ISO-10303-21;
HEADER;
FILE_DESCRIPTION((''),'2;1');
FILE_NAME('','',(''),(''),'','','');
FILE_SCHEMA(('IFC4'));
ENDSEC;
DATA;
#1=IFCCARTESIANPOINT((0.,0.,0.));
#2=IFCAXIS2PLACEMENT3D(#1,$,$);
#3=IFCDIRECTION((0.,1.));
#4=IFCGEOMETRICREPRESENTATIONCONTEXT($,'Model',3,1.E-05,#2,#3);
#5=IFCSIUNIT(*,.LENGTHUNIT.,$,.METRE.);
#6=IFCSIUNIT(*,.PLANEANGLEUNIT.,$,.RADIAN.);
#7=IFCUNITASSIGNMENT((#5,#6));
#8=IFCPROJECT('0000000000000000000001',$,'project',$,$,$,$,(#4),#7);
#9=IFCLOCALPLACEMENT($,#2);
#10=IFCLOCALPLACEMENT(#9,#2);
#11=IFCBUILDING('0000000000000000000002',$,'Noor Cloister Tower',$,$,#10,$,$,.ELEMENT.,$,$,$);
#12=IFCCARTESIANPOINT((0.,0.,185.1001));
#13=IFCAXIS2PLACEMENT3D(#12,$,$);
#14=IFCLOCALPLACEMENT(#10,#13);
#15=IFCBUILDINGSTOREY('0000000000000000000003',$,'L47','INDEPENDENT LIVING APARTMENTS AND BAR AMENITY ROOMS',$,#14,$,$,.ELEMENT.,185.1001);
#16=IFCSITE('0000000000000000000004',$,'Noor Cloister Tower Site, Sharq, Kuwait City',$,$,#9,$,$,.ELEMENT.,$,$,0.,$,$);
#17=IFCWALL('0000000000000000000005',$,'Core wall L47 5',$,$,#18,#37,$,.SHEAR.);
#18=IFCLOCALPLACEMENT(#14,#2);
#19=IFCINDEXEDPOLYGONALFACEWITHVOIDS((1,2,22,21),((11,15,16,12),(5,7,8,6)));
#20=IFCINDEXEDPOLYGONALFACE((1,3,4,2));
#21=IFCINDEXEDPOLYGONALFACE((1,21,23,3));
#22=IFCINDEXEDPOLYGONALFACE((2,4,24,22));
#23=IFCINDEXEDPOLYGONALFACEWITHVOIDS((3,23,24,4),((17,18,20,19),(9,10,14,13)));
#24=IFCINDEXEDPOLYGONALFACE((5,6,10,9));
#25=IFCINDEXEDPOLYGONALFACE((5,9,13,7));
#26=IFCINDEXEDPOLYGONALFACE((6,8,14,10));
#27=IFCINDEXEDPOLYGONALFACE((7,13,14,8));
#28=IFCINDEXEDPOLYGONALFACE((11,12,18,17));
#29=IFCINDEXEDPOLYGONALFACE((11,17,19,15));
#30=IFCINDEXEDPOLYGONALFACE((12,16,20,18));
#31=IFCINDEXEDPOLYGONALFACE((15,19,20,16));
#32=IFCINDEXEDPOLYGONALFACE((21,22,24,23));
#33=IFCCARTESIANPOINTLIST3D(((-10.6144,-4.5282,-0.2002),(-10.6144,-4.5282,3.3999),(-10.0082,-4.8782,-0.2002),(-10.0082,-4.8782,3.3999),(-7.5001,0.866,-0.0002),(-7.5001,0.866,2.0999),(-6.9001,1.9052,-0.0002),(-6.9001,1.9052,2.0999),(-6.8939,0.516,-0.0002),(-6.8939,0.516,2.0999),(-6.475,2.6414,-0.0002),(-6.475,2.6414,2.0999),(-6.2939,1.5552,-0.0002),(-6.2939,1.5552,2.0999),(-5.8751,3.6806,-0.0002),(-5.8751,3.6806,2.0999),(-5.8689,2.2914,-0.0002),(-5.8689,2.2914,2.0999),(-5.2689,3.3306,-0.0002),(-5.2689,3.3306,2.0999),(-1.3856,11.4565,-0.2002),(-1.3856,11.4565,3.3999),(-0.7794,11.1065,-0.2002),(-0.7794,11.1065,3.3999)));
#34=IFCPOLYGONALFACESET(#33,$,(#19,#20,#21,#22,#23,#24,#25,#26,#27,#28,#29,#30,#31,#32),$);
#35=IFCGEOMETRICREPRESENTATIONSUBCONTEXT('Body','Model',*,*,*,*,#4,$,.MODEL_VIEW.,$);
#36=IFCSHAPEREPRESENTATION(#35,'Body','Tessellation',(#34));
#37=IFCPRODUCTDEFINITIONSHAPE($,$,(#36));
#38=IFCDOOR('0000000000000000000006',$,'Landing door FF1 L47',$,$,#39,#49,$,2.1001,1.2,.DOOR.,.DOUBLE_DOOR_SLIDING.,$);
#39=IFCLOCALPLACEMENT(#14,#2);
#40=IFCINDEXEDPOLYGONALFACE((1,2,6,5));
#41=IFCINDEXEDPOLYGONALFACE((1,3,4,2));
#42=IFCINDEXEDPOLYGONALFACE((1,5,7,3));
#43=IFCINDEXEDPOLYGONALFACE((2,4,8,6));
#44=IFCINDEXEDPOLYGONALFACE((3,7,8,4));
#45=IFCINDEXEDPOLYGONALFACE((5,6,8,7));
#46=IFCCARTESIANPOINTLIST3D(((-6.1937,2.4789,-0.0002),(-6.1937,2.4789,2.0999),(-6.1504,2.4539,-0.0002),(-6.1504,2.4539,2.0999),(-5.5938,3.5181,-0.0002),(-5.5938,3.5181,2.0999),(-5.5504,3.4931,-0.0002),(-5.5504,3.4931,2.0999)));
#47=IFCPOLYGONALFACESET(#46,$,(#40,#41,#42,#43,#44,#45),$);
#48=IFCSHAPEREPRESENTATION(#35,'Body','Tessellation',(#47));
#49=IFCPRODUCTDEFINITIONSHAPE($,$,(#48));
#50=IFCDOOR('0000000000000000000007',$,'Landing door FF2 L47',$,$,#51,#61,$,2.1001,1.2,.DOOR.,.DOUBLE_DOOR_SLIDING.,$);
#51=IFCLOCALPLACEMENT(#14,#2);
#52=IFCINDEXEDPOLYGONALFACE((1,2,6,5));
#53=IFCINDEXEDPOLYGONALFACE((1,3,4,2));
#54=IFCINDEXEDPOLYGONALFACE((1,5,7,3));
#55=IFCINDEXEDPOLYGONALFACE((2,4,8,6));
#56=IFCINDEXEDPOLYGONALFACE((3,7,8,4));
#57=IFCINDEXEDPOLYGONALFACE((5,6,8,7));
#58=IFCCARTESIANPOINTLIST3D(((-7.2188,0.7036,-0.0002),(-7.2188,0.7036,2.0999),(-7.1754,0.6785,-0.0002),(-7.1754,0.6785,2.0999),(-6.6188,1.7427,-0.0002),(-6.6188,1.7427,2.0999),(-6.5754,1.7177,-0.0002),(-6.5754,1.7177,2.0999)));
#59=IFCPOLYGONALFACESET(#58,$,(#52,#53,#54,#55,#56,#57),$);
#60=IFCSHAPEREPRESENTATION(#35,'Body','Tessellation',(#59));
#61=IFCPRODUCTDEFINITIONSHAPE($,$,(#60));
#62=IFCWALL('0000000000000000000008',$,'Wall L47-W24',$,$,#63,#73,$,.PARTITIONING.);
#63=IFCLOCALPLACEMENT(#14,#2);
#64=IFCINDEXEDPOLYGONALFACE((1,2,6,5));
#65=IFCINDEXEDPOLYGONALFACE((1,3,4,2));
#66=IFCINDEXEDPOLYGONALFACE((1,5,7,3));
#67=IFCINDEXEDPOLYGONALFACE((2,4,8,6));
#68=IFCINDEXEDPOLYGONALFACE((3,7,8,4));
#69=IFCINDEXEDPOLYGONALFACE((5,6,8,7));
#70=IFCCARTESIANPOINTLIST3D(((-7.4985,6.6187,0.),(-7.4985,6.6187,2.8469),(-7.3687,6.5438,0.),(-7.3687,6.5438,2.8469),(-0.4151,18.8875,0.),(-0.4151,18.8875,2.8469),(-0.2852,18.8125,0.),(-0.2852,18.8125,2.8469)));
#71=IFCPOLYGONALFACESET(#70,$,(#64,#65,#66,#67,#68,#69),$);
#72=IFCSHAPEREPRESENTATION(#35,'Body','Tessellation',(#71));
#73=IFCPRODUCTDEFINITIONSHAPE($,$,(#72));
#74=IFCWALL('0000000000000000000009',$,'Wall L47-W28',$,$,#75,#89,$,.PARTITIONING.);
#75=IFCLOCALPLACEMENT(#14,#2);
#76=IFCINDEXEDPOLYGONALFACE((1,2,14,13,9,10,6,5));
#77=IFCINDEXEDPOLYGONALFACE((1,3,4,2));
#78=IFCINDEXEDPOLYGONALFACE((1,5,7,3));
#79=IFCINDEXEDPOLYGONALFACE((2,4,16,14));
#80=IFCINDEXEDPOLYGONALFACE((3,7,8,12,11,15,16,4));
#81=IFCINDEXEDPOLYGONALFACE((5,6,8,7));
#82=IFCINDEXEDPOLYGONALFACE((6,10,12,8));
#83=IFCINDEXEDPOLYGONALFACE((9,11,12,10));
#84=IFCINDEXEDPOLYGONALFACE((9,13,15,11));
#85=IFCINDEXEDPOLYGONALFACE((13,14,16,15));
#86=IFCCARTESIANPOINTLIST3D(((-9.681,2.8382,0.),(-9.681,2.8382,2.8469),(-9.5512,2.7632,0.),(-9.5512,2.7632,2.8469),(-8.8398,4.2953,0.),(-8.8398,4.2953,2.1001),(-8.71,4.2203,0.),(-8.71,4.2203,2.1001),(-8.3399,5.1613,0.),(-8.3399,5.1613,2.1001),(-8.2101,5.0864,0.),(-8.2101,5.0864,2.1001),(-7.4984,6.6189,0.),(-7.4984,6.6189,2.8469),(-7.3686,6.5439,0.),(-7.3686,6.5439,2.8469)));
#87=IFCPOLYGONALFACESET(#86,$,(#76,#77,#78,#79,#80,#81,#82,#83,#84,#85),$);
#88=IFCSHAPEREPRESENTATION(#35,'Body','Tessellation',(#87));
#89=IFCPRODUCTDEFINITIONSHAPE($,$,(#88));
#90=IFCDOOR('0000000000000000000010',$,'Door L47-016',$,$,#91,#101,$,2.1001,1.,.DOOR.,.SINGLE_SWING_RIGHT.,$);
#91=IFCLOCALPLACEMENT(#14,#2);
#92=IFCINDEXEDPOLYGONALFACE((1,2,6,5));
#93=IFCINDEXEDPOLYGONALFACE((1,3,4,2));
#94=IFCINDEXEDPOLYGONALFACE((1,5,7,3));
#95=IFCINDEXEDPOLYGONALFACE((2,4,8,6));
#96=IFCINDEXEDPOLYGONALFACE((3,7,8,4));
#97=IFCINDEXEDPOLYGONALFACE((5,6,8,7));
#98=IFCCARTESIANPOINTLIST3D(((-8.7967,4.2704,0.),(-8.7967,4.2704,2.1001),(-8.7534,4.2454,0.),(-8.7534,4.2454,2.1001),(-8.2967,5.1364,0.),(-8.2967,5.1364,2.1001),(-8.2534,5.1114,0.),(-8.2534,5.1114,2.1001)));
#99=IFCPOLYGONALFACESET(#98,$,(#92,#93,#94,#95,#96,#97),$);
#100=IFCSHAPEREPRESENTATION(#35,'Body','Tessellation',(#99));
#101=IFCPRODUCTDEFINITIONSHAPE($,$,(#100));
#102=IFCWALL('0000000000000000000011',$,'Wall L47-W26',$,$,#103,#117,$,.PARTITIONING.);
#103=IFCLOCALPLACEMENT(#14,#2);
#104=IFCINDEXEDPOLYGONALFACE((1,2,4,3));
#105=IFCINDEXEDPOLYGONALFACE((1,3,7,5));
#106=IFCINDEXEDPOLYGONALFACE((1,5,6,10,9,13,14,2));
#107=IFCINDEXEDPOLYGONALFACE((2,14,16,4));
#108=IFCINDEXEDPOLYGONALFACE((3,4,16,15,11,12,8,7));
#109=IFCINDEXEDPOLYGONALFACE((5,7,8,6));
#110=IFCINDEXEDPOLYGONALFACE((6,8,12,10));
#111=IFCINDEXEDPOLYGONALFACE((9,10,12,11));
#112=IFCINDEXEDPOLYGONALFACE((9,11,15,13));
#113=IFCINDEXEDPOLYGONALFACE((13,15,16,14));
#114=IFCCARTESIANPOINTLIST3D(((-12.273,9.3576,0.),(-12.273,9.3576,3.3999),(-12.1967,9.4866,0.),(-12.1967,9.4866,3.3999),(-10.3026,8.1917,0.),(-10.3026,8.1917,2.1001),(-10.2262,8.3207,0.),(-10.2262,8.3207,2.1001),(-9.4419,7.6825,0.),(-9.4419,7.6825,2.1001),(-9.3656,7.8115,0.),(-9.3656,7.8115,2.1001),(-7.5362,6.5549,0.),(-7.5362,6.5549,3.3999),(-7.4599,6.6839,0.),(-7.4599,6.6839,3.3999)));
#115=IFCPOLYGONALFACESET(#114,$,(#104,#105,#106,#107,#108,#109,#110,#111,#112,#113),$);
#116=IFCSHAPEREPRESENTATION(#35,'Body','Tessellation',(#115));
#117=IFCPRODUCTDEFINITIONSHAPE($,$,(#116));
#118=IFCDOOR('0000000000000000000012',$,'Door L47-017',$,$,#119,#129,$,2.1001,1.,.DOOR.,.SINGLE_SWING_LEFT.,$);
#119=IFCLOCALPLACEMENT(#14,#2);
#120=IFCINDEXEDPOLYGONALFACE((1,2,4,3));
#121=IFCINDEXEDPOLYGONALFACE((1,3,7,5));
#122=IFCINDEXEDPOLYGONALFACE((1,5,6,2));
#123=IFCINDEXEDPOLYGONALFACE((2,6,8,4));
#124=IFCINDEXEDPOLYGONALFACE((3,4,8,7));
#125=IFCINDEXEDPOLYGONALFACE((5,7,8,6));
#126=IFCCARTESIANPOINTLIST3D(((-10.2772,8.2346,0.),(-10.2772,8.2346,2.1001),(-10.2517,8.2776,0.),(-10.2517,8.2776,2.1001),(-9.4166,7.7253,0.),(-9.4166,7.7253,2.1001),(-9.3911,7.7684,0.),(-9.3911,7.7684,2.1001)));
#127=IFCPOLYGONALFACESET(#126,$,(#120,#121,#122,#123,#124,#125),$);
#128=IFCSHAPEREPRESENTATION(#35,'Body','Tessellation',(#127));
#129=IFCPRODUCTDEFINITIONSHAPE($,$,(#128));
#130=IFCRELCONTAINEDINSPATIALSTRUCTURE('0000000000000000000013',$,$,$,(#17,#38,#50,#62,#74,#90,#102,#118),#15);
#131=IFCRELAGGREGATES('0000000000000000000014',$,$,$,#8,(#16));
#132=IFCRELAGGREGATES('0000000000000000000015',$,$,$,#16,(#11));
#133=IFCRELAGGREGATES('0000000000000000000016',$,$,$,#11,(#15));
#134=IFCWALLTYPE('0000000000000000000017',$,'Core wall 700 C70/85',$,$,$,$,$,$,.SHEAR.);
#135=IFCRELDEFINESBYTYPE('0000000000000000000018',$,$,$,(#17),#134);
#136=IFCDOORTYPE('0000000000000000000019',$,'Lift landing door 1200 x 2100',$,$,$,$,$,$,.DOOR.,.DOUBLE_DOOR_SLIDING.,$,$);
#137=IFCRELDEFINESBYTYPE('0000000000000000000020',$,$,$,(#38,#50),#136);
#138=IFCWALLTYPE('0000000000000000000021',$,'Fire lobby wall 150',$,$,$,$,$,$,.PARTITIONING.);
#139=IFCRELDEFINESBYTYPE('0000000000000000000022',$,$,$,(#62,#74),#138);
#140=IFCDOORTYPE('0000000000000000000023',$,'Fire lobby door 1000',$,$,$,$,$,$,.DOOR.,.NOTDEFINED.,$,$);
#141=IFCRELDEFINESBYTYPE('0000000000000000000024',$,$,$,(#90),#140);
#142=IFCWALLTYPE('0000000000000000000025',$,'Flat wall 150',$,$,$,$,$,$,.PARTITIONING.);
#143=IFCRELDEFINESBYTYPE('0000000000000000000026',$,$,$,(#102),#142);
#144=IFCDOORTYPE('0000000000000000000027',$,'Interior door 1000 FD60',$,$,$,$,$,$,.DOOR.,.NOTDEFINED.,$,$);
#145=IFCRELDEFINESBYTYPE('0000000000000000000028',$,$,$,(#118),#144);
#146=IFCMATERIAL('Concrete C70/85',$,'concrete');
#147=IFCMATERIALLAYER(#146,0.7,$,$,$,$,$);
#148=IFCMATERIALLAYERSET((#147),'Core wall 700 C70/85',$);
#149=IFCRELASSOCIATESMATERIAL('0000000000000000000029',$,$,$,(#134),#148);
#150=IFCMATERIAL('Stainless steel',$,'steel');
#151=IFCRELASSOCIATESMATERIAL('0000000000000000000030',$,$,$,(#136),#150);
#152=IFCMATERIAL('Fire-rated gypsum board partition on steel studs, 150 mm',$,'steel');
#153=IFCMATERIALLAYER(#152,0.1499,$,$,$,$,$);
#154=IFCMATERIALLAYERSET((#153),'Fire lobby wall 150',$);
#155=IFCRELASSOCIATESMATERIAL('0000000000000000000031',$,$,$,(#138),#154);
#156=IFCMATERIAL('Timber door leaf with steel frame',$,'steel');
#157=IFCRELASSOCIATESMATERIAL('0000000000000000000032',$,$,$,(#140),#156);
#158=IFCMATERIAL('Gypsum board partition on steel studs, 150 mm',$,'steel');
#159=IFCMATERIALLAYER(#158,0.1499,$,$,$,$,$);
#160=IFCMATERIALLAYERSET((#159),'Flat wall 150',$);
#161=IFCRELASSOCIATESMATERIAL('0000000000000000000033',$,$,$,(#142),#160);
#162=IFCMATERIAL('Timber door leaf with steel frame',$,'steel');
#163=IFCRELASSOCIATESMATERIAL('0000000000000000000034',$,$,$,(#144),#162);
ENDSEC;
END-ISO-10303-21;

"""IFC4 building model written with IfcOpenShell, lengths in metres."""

from ifc_helpers import new_model, si_unit, direction, frame, frame_2d, origin, place, context, subcontext, project, spatial, rectangle, extrude, material, layer, layer_set, type_object, element, fill, save


model = new_model("IFC4")

# Units and contexts
model_context = context("Model", 3, precision=1e-05, world=origin(), true_north=direction((0.0, 1.0)))
body_context = subcontext(model_context, "Body", "Model", "MODEL_VIEW")
ifc_project = project(units=[si_unit("LENGTHUNIT", "METRE"), si_unit("PLANEANGLEUNIT", "RADIAN")], contexts=[model_context])

# Site, building, storey
site_placement = place(None, origin())
site = spatial("IfcSite", under=ifc_project, at=site_placement, Name="Noor Cloister Tower Site, Sharq, Kuwait City", CompositionType="ELEMENT", RefElevation=0.0)
building_placement = place(site_placement, origin())
building = spatial("IfcBuilding", under=site, at=building_placement, Name="Noor Cloister Tower", CompositionType="ELEMENT")
storey_placement = place(building_placement, frame((0.0, 0.0, 185.1001)))
storey = spatial("IfcBuildingStorey", under=building, at=storey_placement, Name="L47", Description="INDEPENDENT LIVING APARTMENTS AND BAR AMENITY ROOMS", CompositionType="ELEMENT", Elevation=185.1001)

# Wall, openings, doors
ifc_material_1 = material(Name="Concrete C70/85", Category="concrete")
ifc_layer_1 = layer(ifc_material_1, 0.7)
ifc_layer_set_1 = layer_set([ifc_layer_1], Name="Core wall 700 C70/85")
wall_type_1 = type_object("IfcWallType", Name="Core wall 700 C70/85", PredefinedType="SHEAR", material=ifc_layer_set_1)
wall_1_placement = place(storey_placement, frame((-1.0825, 11.2815, -0.2002), z_axis=(0.0, 0.0, 1.0), x_axis=(-0.500001, -0.866025, 0.0)))
wall_1 = element("IfcWall", 1, at=wall_1_placement, inside=storey, type_object=wall_type_1, Name="Core wall L47 5", PredefinedType="SHEAR", context=body_context, shape_type="SweptSolid", body=[
    extrude(rectangle(XDim=18.4575, YDim=0.7, at=frame_2d((9.2288, 0.0))), origin(), (0.0, 0.0, 1.0), 3.6001),
])
opening_1_placement = place(wall_1_placement, frame((8.9788, 0.0, 0.2)))
opening_1 = element("IfcOpeningElement", 2, at=opening_1_placement, cuts=wall_1, PredefinedType="OPENING", context=body_context, shape_type="SweptSolid", body=[
    extrude(rectangle(XDim=1.2, YDim=2.1001, at=frame_2d((0.6001, 1.05))), frame((0.0, 0.3599, 0.0), z_axis=(0.0, -1.0, 0.0), x_axis=(1.0, 0.0, 0.0)), (0.0, 0.0, 1.0), 0.72),
])
opening_2_placement = place(wall_1_placement, frame((11.0288, 0.0, 0.2)))
opening_2 = element("IfcOpeningElement", 3, at=opening_2_placement, cuts=wall_1, PredefinedType="OPENING", context=body_context, shape_type="SweptSolid", body=[
    extrude(rectangle(XDim=1.2, YDim=2.1001, at=frame_2d((0.6001, 1.05))), frame((0.0, 0.3599, 0.0), z_axis=(0.0, -1.0, 0.0), x_axis=(1.0, 0.0, 0.0)), (0.0, 0.0, 1.0), 0.72),
])
ifc_material_2 = material(Name="Stainless steel", Category="steel")
door_type_1 = type_object("IfcDoorType", Name="Lift landing door 1200 x 2100", OperationType="DOUBLE_DOOR_SLIDING", PredefinedType="DOOR", material=ifc_material_2)
door_1_placement = place(opening_1_placement, origin())
door_1 = element("IfcDoor", 4, at=door_1_placement, inside=storey, type_object=door_type_1, Name="Landing door FF1 L47", OperationType="DOUBLE_DOOR_SLIDING", OverallHeight=2.1001, OverallWidth=1.2, PredefinedType="DOOR", context=body_context, shape_type="SweptSolid", body=[
    extrude(rectangle(XDim=1.2, YDim=2.1001, at=frame_2d((0.6001, 1.05))), frame((0.0, 0.0249, 0.0), z_axis=(0.0, -1.0, 0.0), x_axis=(1.0, 0.0, 0.0)), (0.0, 0.0, 1.0), 0.05),
])
fill(opening_1, door_1)
door_2_placement = place(opening_2_placement, origin())
door_2 = element("IfcDoor", 5, at=door_2_placement, inside=storey, type_object=door_type_1, Name="Landing door FF2 L47", OperationType="DOUBLE_DOOR_SLIDING", OverallHeight=2.1001, OverallWidth=1.2, PredefinedType="DOOR", context=body_context, shape_type="SweptSolid", body=[
    extrude(rectangle(XDim=1.2, YDim=2.1001, at=frame_2d((0.6001, 1.05))), frame((0.0, 0.0249, 0.0), z_axis=(0.0, -1.0, 0.0), x_axis=(1.0, 0.0, 0.0)), (0.0, 0.0, 1.0), 0.05),
])
fill(opening_2, door_2)

# Wall
ifc_material_3 = material(Name="Fire-rated gypsum board partition on steel studs, 150 mm", Category="steel")
ifc_layer_2 = layer(ifc_material_3, 0.1499)
ifc_layer_set_2 = layer_set([ifc_layer_2], Name="Fire lobby wall 150")
wall_type_2 = type_object("IfcWallType", Name="Fire lobby wall 150", PredefinedType="PARTITIONING", material=ifc_layer_set_2)
wall_2_placement = place(storey_placement, frame((-0.3501, 18.8501, 0.0), z_axis=(0.0, 0.0, 1.0), x_axis=(-0.500005, -0.866022, 0.0)))
element("IfcWall", 6, at=wall_2_placement, inside=storey, type_object=wall_type_2, Name="Wall L47-W24", PredefinedType="PARTITIONING", context=body_context, shape_type="SweptSolid", body=[
    extrude(rectangle(XDim=14.1667, YDim=0.1499, at=frame_2d((7.0835, 0.0))), origin(), (0.0, 0.0, 1.0), 2.8469),
])

# Walls, openings, doors
wall_3_placement = place(storey_placement, frame((-7.4336, 6.5813, 0.0), z_axis=(0.0, 0.0, 1.0), x_axis=(-0.499965, -0.866046, 0.0)))
wall_3 = element("IfcWall", 7, at=wall_3_placement, inside=storey, type_object=wall_type_2, Name="Wall L47-W28", PredefinedType="PARTITIONING", context=body_context, shape_type="SweptSolid", body=[
    extrude(rectangle(XDim=4.3655, YDim=0.1499, at=frame_2d((2.1826, 0.0))), origin(), (0.0, 0.0, 1.0), 2.8469),
])
opening_3_placement = place(wall_3_placement, frame((1.6829, 0.0, 0.0)))
opening_3 = element("IfcOpeningElement", 8, at=opening_3_placement, cuts=wall_3, PredefinedType="OPENING", context=body_context, shape_type="SweptSolid", body=[
    extrude(rectangle(XDim=1.0, YDim=2.1001, at=frame_2d((0.5, 1.05))), frame((0.0, 0.085, 0.0), z_axis=(0.0, -1.0, 0.0), x_axis=(1.0, 0.0, 0.0)), (0.0, 0.0, 1.0), 0.1699),
])
ifc_material_4 = material(Name="Timber door leaf with steel frame", Category="steel")
door_type_2 = type_object("IfcDoorType", Name="Fire lobby door 1000", OperationType="NOTDEFINED", PredefinedType="DOOR", material=ifc_material_4)
door_3_placement = place(opening_3_placement, origin())
door_3 = element("IfcDoor", 9, at=door_3_placement, inside=storey, type_object=door_type_2, Name="Door L47-016", OperationType="SINGLE_SWING_RIGHT", OverallHeight=2.1001, OverallWidth=1.0, PredefinedType="DOOR", context=body_context, shape_type="SweptSolid", body=[
    extrude(rectangle(XDim=1.0, YDim=2.1001, at=frame_2d((0.5, 1.05))), frame((0.0, 0.0249, 0.0), z_axis=(0.0, -1.0, 0.0), x_axis=(1.0, 0.0, 0.0)), (0.0, 0.0, 1.0), 0.05),
])
fill(opening_3, door_3)
ifc_material_5 = material(Name="Gypsum board partition on steel studs, 150 mm", Category="steel")
ifc_layer_3 = layer(ifc_material_5, 0.1499)
ifc_layer_set_3 = layer_set([ifc_layer_3], Name="Flat wall 150")
wall_type_3 = type_object("IfcWallType", Name="Flat wall 150", PredefinedType="PARTITIONING", material=ifc_layer_set_3)
wall_4_placement = place(storey_placement, frame((-12.2349, 9.4221, 0.0), z_axis=(0.0, 0.0, 1.0), x_axis=(0.860631, -0.509228, 0.0)))
wall_4 = element("IfcWall", 10, at=wall_4_placement, inside=storey, type_object=wall_type_3, Name="Wall L47-W26", PredefinedType="PARTITIONING", context=body_context, shape_type="SweptSolid", body=[
    extrude(rectangle(XDim=5.5039, YDim=0.1499, at=frame_2d((2.752, 0.0))), origin(), (0.0, 0.0, 1.0), 3.3999),
])
opening_4_placement = place(wall_4_placement, frame((2.2896, 0.0, 0.0)))
opening_4 = element("IfcOpeningElement", 11, at=opening_4_placement, cuts=wall_4, PredefinedType="OPENING", context=body_context, shape_type="SweptSolid", body=[
    extrude(rectangle(XDim=1.0, YDim=2.1001, at=frame_2d((0.5, 1.05))), frame((0.0, 0.085, 0.0), z_axis=(0.0, -1.0, 0.0), x_axis=(1.0, 0.0, 0.0)), (0.0, 0.0, 1.0), 0.1699),
])
ifc_material_6 = material(Name="Timber door leaf with steel frame", Category="steel")
door_type_3 = type_object("IfcDoorType", Name="Interior door 1000 FD60", OperationType="NOTDEFINED", PredefinedType="DOOR", material=ifc_material_6)
door_4_placement = place(opening_4_placement, origin())
door_4 = element("IfcDoor", 12, at=door_4_placement, inside=storey, type_object=door_type_3, Name="Door L47-017", OperationType="SINGLE_SWING_LEFT", OverallHeight=2.1001, OverallWidth=1.0, PredefinedType="DOOR", context=body_context, shape_type="SweptSolid", body=[
    extrude(rectangle(XDim=1.0, YDim=2.1001, at=frame_2d((0.5, 1.05))), frame((0.0, 0.0249, 0.0), z_axis=(0.0, -1.0, 0.0), x_axis=(1.0, 0.0, 0.0)), (0.0, 0.0, 1.0), 0.05),
])
fill(opening_4, door_4)

save(model, "model.ifc")
